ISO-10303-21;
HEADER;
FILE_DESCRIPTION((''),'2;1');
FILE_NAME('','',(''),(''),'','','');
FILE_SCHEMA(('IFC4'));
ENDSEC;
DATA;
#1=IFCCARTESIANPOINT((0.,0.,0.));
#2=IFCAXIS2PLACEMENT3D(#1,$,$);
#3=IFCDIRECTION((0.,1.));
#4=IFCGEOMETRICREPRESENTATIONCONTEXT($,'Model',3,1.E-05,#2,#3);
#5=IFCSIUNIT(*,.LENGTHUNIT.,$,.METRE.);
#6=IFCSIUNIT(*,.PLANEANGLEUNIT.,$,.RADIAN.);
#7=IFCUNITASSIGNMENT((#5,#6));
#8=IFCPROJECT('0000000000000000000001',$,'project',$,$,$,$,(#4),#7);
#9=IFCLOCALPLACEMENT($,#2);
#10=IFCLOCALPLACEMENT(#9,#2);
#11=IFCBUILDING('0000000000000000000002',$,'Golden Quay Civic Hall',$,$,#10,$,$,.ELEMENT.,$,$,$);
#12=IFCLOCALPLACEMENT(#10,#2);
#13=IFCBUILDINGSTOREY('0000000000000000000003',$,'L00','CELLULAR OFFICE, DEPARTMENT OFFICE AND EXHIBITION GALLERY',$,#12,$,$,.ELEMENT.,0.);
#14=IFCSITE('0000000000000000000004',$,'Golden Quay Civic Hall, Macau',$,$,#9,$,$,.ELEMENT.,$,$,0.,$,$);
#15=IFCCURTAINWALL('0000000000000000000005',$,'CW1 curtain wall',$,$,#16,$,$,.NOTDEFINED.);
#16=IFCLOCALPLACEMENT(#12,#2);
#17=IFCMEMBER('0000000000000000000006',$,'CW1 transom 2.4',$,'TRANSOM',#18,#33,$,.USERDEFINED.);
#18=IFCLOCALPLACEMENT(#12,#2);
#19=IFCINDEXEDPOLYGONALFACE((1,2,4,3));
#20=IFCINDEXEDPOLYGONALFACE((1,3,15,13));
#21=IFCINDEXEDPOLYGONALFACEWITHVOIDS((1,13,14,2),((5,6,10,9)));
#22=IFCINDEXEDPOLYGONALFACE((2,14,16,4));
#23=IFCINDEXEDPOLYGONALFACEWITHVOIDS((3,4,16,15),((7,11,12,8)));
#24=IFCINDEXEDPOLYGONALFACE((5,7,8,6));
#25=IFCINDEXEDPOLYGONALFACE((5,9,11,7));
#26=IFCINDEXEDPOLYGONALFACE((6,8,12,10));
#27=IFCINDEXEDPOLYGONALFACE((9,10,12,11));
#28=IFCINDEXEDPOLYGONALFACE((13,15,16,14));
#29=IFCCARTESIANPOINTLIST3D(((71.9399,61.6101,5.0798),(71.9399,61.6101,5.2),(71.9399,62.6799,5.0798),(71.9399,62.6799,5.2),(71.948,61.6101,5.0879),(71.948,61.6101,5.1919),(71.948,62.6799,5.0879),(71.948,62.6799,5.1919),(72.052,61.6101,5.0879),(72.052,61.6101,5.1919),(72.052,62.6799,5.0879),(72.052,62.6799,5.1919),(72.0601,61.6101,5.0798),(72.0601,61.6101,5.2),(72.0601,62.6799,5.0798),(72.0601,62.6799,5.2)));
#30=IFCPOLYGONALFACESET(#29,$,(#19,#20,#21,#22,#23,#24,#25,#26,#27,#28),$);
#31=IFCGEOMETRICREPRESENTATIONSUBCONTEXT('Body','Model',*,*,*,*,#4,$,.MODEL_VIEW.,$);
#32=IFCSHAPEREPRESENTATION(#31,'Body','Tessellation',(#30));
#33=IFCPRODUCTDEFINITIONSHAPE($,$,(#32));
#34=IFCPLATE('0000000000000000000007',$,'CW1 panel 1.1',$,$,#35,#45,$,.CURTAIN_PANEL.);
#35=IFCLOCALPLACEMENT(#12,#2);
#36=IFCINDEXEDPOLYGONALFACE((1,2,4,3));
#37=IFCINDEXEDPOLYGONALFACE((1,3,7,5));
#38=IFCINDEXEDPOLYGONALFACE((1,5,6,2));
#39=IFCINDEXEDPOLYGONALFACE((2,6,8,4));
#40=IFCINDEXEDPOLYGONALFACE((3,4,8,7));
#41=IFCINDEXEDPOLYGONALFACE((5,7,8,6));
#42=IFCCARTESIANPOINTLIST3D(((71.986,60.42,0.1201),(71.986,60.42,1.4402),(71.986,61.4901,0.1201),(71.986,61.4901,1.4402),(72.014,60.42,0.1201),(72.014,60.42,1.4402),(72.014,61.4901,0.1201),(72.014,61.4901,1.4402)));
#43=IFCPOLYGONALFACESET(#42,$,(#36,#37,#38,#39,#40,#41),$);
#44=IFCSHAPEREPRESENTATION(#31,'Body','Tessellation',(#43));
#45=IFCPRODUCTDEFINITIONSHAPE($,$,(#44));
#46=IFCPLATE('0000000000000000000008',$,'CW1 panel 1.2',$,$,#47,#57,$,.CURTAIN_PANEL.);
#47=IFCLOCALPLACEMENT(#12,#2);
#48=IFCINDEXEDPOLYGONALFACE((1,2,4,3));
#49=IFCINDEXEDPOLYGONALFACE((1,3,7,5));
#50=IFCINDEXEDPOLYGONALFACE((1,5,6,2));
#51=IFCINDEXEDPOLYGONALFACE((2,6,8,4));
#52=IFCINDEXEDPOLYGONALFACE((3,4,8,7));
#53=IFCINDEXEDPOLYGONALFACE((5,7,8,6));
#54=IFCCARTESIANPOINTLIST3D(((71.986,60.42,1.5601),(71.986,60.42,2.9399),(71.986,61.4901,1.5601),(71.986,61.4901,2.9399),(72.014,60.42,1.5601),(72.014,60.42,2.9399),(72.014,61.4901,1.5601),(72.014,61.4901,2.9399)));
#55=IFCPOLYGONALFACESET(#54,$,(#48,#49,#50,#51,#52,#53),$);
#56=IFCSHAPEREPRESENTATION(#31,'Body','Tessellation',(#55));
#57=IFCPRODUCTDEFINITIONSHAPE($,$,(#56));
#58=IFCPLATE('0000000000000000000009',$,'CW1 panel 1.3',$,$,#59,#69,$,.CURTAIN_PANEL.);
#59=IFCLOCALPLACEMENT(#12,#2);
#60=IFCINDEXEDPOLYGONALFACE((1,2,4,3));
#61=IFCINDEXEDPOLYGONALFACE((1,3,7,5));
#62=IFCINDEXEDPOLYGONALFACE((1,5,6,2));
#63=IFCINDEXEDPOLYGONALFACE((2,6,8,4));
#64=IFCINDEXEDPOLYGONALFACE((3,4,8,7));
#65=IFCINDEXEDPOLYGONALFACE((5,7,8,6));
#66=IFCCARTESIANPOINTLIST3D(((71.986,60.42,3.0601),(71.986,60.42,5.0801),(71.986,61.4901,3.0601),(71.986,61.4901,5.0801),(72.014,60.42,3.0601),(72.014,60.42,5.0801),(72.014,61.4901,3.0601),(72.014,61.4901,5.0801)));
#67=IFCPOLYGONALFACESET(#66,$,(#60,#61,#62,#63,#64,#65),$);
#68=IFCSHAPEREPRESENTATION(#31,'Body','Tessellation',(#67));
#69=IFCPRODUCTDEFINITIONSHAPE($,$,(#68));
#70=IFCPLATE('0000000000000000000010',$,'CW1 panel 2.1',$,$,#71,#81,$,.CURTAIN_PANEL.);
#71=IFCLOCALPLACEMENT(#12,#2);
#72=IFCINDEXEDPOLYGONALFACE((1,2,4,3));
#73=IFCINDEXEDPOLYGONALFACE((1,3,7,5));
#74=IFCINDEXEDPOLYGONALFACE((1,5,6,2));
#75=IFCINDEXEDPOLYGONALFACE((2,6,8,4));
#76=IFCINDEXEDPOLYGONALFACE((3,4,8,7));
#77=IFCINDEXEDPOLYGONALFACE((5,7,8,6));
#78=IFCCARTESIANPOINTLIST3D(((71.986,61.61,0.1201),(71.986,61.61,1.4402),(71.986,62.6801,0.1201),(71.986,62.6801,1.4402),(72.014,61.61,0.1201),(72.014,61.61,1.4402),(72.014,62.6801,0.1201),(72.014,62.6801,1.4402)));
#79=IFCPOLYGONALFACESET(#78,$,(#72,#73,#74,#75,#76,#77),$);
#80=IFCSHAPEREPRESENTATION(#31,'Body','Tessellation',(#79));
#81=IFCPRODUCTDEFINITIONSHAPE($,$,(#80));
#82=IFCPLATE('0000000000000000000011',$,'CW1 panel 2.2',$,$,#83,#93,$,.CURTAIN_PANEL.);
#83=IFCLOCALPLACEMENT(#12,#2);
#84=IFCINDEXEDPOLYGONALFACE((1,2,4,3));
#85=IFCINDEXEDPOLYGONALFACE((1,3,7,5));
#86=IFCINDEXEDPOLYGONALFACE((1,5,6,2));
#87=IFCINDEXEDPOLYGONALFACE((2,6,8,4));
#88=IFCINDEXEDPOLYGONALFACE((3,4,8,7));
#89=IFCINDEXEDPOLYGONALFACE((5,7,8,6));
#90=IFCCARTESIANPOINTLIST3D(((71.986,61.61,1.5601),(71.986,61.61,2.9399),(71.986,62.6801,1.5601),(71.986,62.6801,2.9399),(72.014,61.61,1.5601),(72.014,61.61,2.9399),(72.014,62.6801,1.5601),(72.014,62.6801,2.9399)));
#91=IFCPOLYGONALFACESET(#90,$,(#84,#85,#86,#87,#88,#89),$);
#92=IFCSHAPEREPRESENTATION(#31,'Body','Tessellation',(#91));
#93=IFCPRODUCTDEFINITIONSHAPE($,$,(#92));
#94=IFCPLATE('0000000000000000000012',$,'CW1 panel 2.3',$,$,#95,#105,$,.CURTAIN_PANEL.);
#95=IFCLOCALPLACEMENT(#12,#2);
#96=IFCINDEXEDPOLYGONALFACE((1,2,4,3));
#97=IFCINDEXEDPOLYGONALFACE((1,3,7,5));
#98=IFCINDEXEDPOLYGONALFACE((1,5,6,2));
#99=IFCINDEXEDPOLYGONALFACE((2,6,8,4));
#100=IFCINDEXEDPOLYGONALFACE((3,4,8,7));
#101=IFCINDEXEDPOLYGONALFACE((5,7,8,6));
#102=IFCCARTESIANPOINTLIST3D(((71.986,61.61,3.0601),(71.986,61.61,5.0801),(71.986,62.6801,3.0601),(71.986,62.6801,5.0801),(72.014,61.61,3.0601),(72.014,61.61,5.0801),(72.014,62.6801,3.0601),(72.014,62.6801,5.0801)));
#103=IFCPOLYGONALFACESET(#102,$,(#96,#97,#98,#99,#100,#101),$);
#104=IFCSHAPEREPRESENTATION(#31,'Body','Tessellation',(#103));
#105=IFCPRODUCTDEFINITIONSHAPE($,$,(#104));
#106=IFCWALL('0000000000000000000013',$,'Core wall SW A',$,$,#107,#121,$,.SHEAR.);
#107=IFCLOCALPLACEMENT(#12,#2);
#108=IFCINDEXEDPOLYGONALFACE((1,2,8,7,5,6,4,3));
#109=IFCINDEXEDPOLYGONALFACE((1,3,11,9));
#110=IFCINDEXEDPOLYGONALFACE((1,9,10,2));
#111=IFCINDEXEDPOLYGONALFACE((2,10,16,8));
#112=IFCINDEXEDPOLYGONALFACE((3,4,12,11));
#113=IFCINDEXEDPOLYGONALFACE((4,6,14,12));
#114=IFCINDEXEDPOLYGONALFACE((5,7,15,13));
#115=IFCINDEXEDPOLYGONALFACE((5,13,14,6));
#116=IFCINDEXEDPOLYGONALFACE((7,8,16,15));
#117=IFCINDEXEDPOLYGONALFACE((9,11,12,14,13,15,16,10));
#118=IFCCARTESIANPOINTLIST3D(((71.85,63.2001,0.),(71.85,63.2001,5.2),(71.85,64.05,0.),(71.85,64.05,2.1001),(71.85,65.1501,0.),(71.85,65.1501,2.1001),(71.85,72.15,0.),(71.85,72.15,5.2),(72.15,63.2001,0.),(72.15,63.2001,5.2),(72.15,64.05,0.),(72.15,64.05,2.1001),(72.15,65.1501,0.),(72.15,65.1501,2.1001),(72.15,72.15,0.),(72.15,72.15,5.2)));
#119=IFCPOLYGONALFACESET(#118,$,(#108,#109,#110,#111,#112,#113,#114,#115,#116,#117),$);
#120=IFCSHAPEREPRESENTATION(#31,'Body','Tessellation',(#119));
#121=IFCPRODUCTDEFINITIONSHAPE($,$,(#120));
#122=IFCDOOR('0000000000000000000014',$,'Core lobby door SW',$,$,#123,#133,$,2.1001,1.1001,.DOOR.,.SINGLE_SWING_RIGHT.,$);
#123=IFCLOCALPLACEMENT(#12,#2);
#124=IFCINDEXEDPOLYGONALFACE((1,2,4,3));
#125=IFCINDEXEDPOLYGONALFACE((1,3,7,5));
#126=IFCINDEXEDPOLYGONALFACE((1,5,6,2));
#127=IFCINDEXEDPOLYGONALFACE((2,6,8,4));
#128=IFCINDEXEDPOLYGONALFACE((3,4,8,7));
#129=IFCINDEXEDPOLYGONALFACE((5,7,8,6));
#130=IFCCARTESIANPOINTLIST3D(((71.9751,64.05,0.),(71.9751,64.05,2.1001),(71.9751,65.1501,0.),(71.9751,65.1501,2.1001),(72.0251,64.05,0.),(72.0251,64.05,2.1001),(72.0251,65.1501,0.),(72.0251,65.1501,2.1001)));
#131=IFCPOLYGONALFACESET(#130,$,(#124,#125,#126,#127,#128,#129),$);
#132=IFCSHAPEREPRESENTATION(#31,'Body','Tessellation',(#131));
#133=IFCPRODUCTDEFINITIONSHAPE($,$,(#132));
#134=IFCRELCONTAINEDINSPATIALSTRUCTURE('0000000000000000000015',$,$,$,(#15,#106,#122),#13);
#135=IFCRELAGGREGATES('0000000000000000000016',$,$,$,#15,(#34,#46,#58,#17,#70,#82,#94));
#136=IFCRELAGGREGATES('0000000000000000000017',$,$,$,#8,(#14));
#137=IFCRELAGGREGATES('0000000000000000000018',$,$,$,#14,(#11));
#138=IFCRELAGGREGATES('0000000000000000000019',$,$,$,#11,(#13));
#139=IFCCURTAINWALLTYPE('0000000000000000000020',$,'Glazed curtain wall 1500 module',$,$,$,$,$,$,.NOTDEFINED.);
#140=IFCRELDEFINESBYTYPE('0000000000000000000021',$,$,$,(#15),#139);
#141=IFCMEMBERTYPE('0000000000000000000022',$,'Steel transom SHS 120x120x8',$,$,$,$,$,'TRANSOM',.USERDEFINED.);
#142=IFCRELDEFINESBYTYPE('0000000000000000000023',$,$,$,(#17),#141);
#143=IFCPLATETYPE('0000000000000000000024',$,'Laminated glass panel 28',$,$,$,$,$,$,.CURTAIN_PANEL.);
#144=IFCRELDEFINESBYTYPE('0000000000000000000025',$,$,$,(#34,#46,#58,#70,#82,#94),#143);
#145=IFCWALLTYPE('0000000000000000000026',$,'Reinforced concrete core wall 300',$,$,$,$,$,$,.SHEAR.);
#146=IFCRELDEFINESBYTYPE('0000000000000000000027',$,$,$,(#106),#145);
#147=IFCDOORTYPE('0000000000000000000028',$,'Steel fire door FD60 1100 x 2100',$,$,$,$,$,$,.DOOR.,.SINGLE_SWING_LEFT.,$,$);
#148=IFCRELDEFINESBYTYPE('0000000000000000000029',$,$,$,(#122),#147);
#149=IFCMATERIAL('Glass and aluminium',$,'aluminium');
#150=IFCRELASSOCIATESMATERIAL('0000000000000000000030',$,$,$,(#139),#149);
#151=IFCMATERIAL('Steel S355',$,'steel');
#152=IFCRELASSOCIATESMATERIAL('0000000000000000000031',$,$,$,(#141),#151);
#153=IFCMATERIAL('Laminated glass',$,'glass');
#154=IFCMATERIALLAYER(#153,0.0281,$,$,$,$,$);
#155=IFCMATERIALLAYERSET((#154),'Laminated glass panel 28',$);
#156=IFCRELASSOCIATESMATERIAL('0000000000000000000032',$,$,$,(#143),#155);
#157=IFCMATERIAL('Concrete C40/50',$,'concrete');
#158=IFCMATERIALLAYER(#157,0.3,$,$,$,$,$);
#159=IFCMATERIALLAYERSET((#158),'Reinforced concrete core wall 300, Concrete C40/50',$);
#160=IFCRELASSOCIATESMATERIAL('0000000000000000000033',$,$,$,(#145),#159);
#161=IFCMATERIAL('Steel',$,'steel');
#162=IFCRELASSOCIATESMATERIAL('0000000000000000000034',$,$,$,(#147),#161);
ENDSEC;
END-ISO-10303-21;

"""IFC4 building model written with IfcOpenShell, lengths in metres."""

from ifc_helpers import new_model, si_unit, direction, frame, frame_2d, origin, origin_2d, place, context, subcontext, project, spatial, rectangle, hollow_rectangle, extrude, material, layer, layer_set, material_profile, profile_set, type_object, element, fill, aggregate, save


model = new_model("IFC4")

# Units and contexts
model_context = context("Model", 3, precision=1e-05, world=origin(), true_north=direction((0.0, 1.0)))
body_context = subcontext(model_context, "Body", "Model", "MODEL_VIEW")
ifc_project = project(units=[si_unit("LENGTHUNIT", "METRE"), si_unit("PLANEANGLEUNIT", "RADIAN")], contexts=[model_context])

# Site, building, storey
site_placement = place(None, origin())
site = spatial("IfcSite", under=ifc_project, at=site_placement, Name="Golden Quay Civic Hall, Macau", CompositionType="ELEMENT", RefElevation=0.0)
building_placement = place(site_placement, origin())
building = spatial("IfcBuilding", under=site, at=building_placement, Name="Golden Quay Civic Hall", CompositionType="ELEMENT")
storey_placement = place(building_placement, origin())
storey = spatial("IfcBuildingStorey", under=building, at=storey_placement, Name="L00", Description="CELLULAR OFFICE, DEPARTMENT OFFICE AND EXHIBITION GALLERY", CompositionType="ELEMENT", Elevation=0.0)

# Curtain wall, member, plates
ifc_material_1 = material(Name="Glass and aluminium", Category="aluminium")
curtain_wall_type = type_object("IfcCurtainWallType", Name="Glazed curtain wall 1500 module", PredefinedType="NOTDEFINED", material=ifc_material_1)
curtain_wall_placement = place(storey_placement, origin())
curtain_wall = element("IfcCurtainWall", 1, at=curtain_wall_placement, inside=storey, type_object=curtain_wall_type, Name="CW1 curtain wall", PredefinedType="NOTDEFINED")
ifc_material_2 = material(Name="Steel S355", Category="steel")
ifc_material_profile_1 = material_profile(ifc_material_2, hollow_rectangle(XDim=0.1201, YDim=0.1201, WallThickness=0.0081, at=origin_2d()), Name="SHS 120x120x8")
ifc_profile_set_1 = profile_set([ifc_material_profile_1], Name="Steel S355")
member_type_1 = type_object("IfcMemberType", Name="Steel transom SHS 120x120x8", ElementType="TRANSOM", PredefinedType="USERDEFINED", material=ifc_profile_set_1)
member_1_placement = place(storey_placement, frame((72.0, 61.6101, 5.1399), z_axis=(0.0, 1.0, 0.0), x_axis=(-1.0, 0.0, 0.0)))
member_1 = element("IfcMember", 2, at=member_1_placement, type_object=member_type_1, Name="CW1 transom 2.4", ObjectType="TRANSOM", PredefinedType="USERDEFINED", context=body_context, shape_type="SweptSolid", body=[
    extrude(hollow_rectangle(XDim=0.1201, YDim=0.1201, WallThickness=0.0081, at=origin_2d()), origin(), (0.0, 0.0, 1.0), 1.0698),
])
ifc_material_3 = material(Name="Laminated glass", Category="glass")
ifc_layer_1 = layer(ifc_material_3, 0.0281)
ifc_layer_set_1 = layer_set([ifc_layer_1], Name="Laminated glass panel 28")
plate_type = type_object("IfcPlateType", Name="Laminated glass panel 28", PredefinedType="CURTAIN_PANEL", material=ifc_layer_set_1)
plate_1_placement = place(storey_placement, frame((72.0, 60.9551, 0.1201), z_axis=(0.0, 0.0, 1.0), x_axis=(0.0, 1.0, 0.0)))
plate_1 = element("IfcPlate", 3, at=plate_1_placement, type_object=plate_type, Name="CW1 panel 1.1", PredefinedType="CURTAIN_PANEL", context=body_context, shape_type="SweptSolid", body=[
    extrude(rectangle(XDim=1.0701, YDim=0.0281, at=origin_2d()), origin(), (0.0, 0.0, 1.0), 1.3201),
])
plate_2_placement = place(storey_placement, frame((72.0, 60.9551, 1.5601), z_axis=(0.0, 0.0, 1.0), x_axis=(0.0, 1.0, 0.0)))
plate_2 = element("IfcPlate", 4, at=plate_2_placement, type_object=plate_type, Name="CW1 panel 1.2", PredefinedType="CURTAIN_PANEL", context=body_context, shape_type="SweptSolid", body=[
    extrude(rectangle(XDim=1.0701, YDim=0.0281, at=origin_2d()), origin(), (0.0, 0.0, 1.0), 1.3799),
])
plate_3_placement = place(storey_placement, frame((72.0, 60.9551, 3.0601), z_axis=(0.0, 0.0, 1.0), x_axis=(0.0, 1.0, 0.0)))
plate_3 = element("IfcPlate", 5, at=plate_3_placement, type_object=plate_type, Name="CW1 panel 1.3", PredefinedType="CURTAIN_PANEL", context=body_context, shape_type="SweptSolid", body=[
    extrude(rectangle(XDim=1.0701, YDim=0.0281, at=origin_2d()), origin(), (0.0, 0.0, 1.0), 2.02),
])
plate_4_placement = place(storey_placement, frame((72.0, 62.145, 0.1201), z_axis=(0.0, 0.0, 1.0), x_axis=(0.0, 1.0, 0.0)))
plate_4 = element("IfcPlate", 6, at=plate_4_placement, type_object=plate_type, Name="CW1 panel 2.1", PredefinedType="CURTAIN_PANEL", context=body_context, shape_type="SweptSolid", body=[
    extrude(rectangle(XDim=1.0701, YDim=0.0281, at=origin_2d()), origin(), (0.0, 0.0, 1.0), 1.3201),
])
plate_5_placement = place(storey_placement, frame((72.0, 62.145, 1.5601), z_axis=(0.0, 0.0, 1.0), x_axis=(0.0, 1.0, 0.0)))
plate_5 = element("IfcPlate", 7, at=plate_5_placement, type_object=plate_type, Name="CW1 panel 2.2", PredefinedType="CURTAIN_PANEL", context=body_context, shape_type="SweptSolid", body=[
    extrude(rectangle(XDim=1.0701, YDim=0.0281, at=origin_2d()), origin(), (0.0, 0.0, 1.0), 1.3799),
])
plate_6_placement = place(storey_placement, frame((72.0, 62.145, 3.0601), z_axis=(0.0, 0.0, 1.0), x_axis=(0.0, 1.0, 0.0)))
plate_6 = element("IfcPlate", 8, at=plate_6_placement, type_object=plate_type, Name="CW1 panel 2.3", PredefinedType="CURTAIN_PANEL", context=body_context, shape_type="SweptSolid", body=[
    extrude(rectangle(XDim=1.0701, YDim=0.0281, at=origin_2d()), origin(), (0.0, 0.0, 1.0), 2.02),
])
aggregate(curtain_wall, [plate_1, plate_2, plate_3, member_1, plate_4, plate_5, plate_6])

# Wall, opening, door
ifc_material_4 = material(Name="Concrete C40/50", Category="concrete")
ifc_layer_2 = layer(ifc_material_4, 0.3)
ifc_layer_set_2 = layer_set([ifc_layer_2], Name="Reinforced concrete core wall 300, Concrete C40/50")
wall_type_1 = type_object("IfcWallType", Name="Reinforced concrete core wall 300", PredefinedType="SHEAR", material=ifc_layer_set_2)
wall_1_placement = place(storey_placement, frame((72.0, 63.2, 0.0), z_axis=(0.0, 0.0, 1.0), x_axis=(0.0, 1.0, 0.0)))
wall_1 = element("IfcWall", 9, at=wall_1_placement, inside=storey, type_object=wall_type_1, Name="Core wall SW A", PredefinedType="SHEAR", context=body_context, shape_type="SweptSolid", body=[
    extrude(rectangle(XDim=8.95, YDim=0.3, at=frame_2d((4.4751, 0.0))), origin(), (0.0, 0.0, 1.0), 5.2),
])
opening_1_placement = place(wall_1_placement, frame((0.8501, 0.0, 0.0)))
opening_1 = element("IfcOpeningElement", 10, at=opening_1_placement, cuts=wall_1, PredefinedType="OPENING", context=body_context, shape_type="SweptSolid", body=[
    extrude(rectangle(XDim=1.1001, YDim=2.1001, at=frame_2d((0.55, 1.05))), frame((0.0, 0.1599, 0.0), z_axis=(0.0, -1.0, 0.0), x_axis=(1.0, 0.0, 0.0)), (0.0, 0.0, 1.0), 0.3201),
])
ifc_material_5 = material(Name="Steel", Category="steel")
door_type_1 = type_object("IfcDoorType", Name="Steel fire door FD60 1100 x 2100", OperationType="SINGLE_SWING_LEFT", PredefinedType="DOOR", material=ifc_material_5)
door_1_placement = place(opening_1_placement, frame((1.1001, 0.0, 0.0), z_axis=(0.0, 0.0, 1.0), x_axis=(-1.0, 0.0, 0.0)))
door_1 = element("IfcDoor", 11, at=door_1_placement, inside=storey, type_object=door_type_1, Name="Core lobby door SW", OperationType="SINGLE_SWING_RIGHT", OverallHeight=2.1001, OverallWidth=1.1001, PredefinedType="DOOR", context=body_context, shape_type="SweptSolid", body=[
    extrude(rectangle(XDim=1.1001, YDim=2.1001, at=frame_2d((0.55, 1.05))), frame((0.0, 0.0251, 0.0), z_axis=(0.0, -1.0, 0.0), x_axis=(1.0, 0.0, 0.0)), (0.0, 0.0, 1.0), 0.05),
])
fill(opening_1, door_1)

save(model, "model.ifc")
